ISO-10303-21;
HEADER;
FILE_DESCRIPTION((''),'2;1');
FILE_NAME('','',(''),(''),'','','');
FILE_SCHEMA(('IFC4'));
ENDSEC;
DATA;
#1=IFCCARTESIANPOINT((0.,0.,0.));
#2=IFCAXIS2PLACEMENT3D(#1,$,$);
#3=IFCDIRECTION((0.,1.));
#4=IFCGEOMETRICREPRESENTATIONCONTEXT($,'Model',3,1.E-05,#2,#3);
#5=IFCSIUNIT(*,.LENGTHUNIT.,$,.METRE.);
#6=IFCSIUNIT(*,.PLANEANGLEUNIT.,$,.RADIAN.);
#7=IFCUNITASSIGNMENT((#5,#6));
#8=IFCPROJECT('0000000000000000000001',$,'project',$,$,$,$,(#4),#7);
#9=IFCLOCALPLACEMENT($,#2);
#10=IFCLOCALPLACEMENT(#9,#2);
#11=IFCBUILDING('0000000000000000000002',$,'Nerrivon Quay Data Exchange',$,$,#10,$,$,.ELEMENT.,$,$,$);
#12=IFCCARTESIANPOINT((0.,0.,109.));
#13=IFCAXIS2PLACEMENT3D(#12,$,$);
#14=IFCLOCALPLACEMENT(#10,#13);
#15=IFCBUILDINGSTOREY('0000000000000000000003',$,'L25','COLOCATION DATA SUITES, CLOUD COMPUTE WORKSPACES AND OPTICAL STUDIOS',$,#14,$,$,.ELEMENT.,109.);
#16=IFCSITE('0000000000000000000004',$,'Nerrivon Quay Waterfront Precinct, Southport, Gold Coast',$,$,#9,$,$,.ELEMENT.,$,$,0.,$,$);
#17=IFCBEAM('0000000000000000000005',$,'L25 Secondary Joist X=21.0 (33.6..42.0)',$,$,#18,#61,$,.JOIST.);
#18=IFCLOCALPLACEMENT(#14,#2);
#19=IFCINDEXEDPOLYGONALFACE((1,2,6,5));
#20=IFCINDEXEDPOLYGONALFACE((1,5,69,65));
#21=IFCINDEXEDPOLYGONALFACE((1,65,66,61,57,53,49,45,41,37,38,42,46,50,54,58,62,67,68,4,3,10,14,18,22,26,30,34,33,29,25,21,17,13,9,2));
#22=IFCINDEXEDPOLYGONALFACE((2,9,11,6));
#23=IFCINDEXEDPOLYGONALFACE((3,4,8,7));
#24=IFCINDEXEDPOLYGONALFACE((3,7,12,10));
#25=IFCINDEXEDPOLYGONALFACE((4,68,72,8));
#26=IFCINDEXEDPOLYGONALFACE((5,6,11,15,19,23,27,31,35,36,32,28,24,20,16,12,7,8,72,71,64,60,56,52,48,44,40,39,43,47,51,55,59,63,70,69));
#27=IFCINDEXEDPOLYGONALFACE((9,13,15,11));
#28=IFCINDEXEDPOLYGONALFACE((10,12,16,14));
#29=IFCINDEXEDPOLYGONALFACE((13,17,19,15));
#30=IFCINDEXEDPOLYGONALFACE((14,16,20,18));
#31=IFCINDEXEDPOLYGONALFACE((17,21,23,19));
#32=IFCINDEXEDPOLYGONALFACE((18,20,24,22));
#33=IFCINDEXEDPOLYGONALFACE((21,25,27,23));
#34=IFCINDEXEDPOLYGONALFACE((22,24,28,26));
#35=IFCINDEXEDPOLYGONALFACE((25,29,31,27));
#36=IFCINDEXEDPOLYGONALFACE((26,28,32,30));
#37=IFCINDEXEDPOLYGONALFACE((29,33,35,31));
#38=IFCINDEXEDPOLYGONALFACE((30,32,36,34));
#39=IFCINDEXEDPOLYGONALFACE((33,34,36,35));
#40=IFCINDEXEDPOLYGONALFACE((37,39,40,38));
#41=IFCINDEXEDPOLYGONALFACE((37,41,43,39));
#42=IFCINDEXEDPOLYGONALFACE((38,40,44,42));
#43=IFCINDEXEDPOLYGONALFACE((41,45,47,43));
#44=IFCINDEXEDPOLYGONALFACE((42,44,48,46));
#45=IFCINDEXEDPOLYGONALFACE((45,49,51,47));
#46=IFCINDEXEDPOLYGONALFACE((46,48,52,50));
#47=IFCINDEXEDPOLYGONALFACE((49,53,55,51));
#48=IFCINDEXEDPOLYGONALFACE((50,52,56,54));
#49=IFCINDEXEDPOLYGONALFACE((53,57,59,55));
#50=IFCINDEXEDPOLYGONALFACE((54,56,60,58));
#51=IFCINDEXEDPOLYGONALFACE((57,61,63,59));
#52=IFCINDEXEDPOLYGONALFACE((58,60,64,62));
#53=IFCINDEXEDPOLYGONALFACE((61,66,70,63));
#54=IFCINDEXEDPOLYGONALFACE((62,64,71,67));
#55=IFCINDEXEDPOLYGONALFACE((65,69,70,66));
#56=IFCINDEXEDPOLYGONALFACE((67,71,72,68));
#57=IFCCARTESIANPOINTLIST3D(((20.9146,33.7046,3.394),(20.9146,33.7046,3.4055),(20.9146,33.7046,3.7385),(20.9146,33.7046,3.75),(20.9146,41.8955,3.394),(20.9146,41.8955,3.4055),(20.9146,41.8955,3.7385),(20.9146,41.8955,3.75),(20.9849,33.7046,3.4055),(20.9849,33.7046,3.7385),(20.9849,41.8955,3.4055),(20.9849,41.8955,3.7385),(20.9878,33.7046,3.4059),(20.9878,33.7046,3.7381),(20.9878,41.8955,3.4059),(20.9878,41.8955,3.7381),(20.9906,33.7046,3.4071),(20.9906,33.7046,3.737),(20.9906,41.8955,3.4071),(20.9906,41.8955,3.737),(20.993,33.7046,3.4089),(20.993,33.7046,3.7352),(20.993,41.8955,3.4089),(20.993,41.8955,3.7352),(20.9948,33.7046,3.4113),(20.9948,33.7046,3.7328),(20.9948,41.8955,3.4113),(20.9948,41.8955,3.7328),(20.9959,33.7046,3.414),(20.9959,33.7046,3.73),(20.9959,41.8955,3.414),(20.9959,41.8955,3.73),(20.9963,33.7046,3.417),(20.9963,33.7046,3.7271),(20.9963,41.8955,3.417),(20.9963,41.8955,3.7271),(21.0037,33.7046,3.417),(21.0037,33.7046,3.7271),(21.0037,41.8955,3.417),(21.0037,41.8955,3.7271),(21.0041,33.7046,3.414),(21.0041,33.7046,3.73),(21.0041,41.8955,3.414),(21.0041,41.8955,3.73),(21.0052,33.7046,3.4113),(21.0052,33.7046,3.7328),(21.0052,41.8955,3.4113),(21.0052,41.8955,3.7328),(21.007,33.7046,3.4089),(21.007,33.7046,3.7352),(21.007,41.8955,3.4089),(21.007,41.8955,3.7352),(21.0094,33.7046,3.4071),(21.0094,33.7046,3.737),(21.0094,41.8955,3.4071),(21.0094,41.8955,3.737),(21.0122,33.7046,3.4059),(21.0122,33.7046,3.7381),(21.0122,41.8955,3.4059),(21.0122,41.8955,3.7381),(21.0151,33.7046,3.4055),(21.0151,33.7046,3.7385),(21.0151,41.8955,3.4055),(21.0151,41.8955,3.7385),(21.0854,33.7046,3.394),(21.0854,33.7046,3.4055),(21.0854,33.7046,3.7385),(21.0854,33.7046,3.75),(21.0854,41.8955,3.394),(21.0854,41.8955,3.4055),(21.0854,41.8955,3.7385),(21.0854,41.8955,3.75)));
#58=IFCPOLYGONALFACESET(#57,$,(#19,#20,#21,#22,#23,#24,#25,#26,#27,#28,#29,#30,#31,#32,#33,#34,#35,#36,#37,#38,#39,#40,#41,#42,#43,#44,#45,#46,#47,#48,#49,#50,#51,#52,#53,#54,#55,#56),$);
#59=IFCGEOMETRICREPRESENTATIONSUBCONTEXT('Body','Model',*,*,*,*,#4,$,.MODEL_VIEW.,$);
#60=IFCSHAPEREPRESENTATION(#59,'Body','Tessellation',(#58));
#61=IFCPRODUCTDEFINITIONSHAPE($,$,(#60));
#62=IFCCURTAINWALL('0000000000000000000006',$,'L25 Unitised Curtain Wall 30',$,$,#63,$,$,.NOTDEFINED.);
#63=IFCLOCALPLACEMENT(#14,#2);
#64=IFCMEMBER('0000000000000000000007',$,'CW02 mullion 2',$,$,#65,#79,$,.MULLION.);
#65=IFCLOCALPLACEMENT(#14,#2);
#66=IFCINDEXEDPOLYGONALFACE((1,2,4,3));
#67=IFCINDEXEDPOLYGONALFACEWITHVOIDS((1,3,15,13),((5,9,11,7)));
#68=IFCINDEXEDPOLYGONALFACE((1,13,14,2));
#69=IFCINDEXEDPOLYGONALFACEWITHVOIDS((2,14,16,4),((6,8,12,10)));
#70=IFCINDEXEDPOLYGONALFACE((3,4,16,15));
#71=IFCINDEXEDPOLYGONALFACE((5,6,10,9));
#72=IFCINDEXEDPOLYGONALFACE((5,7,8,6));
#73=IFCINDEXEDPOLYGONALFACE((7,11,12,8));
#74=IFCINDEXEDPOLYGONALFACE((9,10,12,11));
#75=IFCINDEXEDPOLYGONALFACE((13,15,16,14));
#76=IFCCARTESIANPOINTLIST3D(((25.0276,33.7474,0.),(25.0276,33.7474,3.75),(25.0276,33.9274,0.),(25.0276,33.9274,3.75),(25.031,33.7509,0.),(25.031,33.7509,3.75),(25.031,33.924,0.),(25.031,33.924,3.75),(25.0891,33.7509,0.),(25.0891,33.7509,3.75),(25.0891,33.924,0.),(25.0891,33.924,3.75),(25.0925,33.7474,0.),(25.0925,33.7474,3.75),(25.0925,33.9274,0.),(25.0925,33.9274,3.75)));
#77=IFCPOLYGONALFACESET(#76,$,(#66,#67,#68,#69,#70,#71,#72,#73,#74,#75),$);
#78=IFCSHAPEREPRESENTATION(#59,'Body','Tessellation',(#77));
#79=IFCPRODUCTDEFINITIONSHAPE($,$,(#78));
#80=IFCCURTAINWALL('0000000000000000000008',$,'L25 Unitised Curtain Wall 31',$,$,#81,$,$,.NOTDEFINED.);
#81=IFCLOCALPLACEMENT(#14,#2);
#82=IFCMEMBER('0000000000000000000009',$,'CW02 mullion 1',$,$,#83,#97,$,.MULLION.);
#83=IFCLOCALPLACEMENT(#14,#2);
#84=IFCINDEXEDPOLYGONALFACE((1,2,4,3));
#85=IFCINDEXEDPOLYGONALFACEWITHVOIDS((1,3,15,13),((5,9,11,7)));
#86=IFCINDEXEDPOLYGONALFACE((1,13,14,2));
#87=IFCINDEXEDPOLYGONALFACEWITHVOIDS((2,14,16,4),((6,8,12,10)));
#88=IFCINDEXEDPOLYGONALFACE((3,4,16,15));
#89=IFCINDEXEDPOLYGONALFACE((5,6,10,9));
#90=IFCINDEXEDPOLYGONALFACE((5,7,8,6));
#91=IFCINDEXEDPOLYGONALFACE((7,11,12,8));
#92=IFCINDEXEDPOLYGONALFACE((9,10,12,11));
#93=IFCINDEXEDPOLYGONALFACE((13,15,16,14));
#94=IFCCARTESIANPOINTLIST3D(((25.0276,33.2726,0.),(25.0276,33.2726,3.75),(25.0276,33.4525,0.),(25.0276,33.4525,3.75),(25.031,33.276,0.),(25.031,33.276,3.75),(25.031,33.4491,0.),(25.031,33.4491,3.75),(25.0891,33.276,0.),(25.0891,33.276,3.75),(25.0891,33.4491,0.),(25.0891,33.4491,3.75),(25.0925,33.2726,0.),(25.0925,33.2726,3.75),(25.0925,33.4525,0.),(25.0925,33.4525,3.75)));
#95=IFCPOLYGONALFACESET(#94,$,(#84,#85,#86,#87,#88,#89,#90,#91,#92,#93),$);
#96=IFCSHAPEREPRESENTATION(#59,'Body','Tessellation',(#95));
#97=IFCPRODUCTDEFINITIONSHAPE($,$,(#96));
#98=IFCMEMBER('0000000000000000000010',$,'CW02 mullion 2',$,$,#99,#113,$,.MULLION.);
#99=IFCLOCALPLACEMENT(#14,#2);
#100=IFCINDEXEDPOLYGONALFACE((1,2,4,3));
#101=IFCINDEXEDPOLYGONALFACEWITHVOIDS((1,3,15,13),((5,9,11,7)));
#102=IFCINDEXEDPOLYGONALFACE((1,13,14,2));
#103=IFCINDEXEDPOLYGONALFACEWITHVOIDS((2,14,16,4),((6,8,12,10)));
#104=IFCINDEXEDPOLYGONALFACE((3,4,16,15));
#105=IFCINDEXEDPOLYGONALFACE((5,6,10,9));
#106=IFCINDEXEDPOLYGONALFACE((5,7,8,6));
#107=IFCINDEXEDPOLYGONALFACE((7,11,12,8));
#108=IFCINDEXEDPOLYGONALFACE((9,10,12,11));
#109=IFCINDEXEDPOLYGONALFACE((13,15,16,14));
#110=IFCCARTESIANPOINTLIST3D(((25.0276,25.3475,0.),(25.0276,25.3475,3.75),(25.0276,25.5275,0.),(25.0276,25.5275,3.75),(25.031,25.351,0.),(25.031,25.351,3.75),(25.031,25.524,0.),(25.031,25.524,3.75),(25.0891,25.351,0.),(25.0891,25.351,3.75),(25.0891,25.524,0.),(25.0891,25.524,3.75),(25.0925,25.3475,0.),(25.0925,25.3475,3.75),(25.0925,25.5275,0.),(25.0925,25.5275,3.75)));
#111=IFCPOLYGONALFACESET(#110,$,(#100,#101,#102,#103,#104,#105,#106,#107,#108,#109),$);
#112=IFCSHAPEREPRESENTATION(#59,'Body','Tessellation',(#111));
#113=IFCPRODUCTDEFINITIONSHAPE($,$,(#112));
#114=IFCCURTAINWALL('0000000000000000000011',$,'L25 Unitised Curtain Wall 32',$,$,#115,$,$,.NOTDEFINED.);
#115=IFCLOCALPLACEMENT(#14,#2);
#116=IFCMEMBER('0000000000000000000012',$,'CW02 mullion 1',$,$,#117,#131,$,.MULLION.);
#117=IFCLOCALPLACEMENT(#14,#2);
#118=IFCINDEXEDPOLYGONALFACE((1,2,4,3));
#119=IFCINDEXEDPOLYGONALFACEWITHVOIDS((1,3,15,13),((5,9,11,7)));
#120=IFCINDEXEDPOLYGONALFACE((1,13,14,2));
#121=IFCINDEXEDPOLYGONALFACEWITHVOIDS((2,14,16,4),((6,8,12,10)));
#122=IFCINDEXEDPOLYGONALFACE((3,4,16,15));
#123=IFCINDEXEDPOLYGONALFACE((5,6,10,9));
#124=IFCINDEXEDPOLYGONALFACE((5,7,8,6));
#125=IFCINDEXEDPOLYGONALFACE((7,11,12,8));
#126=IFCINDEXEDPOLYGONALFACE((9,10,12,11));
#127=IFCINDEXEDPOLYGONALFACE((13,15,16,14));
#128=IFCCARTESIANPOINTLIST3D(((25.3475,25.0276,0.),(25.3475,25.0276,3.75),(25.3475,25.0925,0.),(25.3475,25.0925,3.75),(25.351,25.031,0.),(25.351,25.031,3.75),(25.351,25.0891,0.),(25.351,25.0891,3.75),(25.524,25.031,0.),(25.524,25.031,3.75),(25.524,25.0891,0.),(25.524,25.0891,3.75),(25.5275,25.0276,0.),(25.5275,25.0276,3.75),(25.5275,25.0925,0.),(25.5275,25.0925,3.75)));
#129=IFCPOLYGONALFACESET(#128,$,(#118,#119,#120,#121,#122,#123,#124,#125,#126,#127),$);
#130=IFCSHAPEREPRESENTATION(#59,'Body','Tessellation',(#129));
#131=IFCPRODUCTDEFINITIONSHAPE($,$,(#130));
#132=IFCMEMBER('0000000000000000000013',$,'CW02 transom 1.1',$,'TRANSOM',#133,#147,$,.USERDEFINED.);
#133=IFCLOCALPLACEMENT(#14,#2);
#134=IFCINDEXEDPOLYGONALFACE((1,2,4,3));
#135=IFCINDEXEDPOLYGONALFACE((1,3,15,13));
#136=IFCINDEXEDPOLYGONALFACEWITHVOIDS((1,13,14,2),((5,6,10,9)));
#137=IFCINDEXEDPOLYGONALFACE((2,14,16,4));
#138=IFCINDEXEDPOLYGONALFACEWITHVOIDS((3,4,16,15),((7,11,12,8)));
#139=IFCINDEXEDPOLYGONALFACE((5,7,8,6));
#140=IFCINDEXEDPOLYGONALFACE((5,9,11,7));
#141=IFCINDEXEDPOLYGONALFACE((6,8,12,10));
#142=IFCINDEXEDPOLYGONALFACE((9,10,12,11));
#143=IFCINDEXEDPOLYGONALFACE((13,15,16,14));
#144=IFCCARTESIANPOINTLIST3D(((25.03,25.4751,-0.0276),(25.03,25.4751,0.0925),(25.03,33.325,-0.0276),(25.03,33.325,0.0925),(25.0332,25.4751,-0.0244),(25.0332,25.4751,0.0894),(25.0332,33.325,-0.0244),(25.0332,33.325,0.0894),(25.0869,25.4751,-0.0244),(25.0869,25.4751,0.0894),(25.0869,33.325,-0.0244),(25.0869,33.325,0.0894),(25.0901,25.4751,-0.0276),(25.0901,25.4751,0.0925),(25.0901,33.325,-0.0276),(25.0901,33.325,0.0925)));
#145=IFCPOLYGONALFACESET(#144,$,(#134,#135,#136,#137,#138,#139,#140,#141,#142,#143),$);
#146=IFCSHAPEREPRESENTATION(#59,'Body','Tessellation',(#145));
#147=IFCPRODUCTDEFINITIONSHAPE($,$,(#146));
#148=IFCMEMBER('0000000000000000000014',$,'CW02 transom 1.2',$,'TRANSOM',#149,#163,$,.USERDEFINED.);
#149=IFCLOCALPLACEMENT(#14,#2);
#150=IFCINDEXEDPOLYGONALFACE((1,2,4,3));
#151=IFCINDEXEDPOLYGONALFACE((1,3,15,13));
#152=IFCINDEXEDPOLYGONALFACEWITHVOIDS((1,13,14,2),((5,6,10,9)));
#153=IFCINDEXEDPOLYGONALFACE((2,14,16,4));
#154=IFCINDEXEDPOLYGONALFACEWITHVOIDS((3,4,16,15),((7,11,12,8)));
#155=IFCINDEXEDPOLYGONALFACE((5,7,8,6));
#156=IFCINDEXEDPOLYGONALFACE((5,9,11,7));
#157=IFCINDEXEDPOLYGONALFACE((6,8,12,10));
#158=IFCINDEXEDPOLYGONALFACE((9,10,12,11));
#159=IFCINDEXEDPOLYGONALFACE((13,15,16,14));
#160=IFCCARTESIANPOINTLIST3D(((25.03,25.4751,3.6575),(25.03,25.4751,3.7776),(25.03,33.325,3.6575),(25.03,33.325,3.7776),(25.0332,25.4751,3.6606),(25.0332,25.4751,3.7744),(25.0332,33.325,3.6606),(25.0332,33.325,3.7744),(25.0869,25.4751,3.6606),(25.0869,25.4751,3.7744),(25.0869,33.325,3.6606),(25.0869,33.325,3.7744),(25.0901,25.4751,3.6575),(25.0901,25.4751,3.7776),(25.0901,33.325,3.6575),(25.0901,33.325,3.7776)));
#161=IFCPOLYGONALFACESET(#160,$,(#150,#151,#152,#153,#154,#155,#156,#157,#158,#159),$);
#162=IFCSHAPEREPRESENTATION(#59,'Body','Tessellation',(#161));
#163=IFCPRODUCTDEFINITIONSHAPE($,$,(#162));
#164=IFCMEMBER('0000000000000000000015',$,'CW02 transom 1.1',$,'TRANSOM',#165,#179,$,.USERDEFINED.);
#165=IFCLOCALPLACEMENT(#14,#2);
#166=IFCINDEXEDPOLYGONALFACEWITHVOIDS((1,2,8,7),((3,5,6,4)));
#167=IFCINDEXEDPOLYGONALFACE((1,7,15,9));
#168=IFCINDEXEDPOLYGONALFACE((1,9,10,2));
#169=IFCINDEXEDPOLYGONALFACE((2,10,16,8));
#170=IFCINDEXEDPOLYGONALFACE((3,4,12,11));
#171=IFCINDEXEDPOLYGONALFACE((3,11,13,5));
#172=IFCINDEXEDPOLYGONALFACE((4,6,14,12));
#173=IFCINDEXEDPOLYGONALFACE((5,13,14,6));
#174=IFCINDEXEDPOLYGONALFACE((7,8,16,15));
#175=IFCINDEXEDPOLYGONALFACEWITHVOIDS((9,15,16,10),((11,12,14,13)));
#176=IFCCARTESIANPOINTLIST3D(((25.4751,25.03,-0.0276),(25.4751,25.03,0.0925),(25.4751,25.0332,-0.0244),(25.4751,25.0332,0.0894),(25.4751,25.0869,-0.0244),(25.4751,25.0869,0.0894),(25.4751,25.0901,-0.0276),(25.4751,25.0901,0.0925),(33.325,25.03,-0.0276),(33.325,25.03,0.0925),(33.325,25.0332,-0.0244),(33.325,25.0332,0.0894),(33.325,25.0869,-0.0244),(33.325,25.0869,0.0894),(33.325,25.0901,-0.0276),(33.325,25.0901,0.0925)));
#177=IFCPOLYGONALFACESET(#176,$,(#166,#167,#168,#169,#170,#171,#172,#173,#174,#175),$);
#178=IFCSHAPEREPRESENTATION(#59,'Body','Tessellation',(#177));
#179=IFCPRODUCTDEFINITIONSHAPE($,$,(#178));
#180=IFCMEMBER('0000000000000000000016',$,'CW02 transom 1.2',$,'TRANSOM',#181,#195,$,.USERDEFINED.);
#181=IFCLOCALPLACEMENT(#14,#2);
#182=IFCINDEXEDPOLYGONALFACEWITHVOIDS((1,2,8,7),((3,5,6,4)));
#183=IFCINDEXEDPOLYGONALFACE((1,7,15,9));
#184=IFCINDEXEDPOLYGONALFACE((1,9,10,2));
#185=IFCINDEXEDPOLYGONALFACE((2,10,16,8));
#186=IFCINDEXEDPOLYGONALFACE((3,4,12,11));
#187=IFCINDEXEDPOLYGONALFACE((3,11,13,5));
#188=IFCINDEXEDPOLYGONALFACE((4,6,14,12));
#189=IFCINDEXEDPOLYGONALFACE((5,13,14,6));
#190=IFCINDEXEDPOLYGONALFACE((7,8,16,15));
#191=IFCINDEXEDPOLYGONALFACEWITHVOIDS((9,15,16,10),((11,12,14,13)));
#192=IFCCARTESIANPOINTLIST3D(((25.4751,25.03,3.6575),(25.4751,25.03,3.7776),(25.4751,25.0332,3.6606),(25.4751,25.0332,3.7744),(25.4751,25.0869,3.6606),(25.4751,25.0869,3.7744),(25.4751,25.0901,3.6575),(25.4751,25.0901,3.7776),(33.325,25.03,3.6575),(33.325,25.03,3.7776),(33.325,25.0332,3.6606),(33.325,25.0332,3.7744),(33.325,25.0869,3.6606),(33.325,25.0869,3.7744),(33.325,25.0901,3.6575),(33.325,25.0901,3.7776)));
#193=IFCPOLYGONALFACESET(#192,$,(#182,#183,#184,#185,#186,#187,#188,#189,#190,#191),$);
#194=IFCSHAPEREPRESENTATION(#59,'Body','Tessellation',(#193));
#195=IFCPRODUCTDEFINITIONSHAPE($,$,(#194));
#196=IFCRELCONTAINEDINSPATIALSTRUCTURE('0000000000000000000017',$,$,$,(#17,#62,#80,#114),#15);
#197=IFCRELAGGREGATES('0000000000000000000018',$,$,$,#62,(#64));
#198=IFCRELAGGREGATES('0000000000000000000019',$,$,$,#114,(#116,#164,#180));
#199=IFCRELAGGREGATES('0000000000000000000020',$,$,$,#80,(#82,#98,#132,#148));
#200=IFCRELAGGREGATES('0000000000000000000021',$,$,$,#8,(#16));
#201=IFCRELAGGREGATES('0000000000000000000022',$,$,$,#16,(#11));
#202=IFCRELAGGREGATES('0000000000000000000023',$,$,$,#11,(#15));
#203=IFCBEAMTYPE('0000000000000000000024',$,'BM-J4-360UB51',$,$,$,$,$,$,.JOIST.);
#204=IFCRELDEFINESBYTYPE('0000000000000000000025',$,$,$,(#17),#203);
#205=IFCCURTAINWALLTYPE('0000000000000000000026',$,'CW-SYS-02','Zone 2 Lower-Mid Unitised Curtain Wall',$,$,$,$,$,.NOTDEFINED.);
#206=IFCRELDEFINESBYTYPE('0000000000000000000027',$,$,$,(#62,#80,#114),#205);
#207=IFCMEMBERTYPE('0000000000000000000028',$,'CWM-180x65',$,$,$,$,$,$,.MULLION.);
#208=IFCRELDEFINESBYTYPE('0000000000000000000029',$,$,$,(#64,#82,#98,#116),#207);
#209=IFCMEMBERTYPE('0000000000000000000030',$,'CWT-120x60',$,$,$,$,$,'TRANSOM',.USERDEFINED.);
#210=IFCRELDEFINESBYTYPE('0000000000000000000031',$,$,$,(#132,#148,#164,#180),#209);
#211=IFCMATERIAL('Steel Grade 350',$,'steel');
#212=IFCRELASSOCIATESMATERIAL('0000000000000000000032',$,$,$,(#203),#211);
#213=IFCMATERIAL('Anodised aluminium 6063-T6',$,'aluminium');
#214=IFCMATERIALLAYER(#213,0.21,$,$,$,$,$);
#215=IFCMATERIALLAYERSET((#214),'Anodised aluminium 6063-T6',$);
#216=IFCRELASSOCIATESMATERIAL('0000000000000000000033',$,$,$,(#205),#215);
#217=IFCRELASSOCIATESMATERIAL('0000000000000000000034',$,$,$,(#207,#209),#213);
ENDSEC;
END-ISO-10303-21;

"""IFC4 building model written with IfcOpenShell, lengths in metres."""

from ifc_helpers import new_model, si_unit, direction, frame, origin, origin_2d, place, context, subcontext, project, spatial, hollow_rectangle, i_section, extrude, material, layer, layer_set, material_profile, profile_set, type_object, element, aggregate, save


model = new_model("IFC4")

# Units and contexts
model_context = context("Model", 3, precision=1e-05, world=origin(), true_north=direction((0.0, 1.0)))
body_context = subcontext(model_context, "Body", "Model", "MODEL_VIEW")
ifc_project = project(units=[si_unit("LENGTHUNIT", "METRE"), si_unit("PLANEANGLEUNIT", "RADIAN")], contexts=[model_context])

# Site, building, storey
site_placement = place(None, origin())
site = spatial("IfcSite", under=ifc_project, at=site_placement, Name="Nerrivon Quay Waterfront Precinct, Southport, Gold Coast", CompositionType="ELEMENT", RefElevation=0.0)
building_placement = place(site_placement, origin())
building = spatial("IfcBuilding", under=site, at=building_placement, Name="Nerrivon Quay Data Exchange", CompositionType="ELEMENT")
storey_placement = place(building_placement, frame((0.0, 0.0, 109.0)))
storey = spatial("IfcBuildingStorey", under=building, at=storey_placement, Name="L25", Description="COLOCATION DATA SUITES, CLOUD COMPUTE WORKSPACES AND OPTICAL STUDIOS", CompositionType="ELEMENT", Elevation=109.0)

# Shared definitions
ifc_material_1 = material(Name="Steel Grade 350", Category="steel")

# Beam
ifc_material_profile_1 = material_profile(ifc_material_1, i_section(OverallWidth=0.1709, OverallDepth=0.356, WebThickness=0.0073, FlangeThickness=0.0115, FilletRadius=0.0115, at=origin_2d()), Name="360UB50.7")
ifc_profile_set_1 = profile_set([ifc_material_profile_1], Name="Steel Grade 350")
beam_type_1 = type_object("IfcBeamType", Name="BM-J4-360UB51", PredefinedType="JOIST", material=ifc_profile_set_1)
beam_1_placement = place(storey_placement, frame((21.0, 33.7046, 3.572), z_axis=(0.0, 1.0, 0.0), x_axis=(-1.0, 0.0, 0.0)))
element("IfcBeam", 1, at=beam_1_placement, inside=storey, type_object=beam_type_1, Name="L25 Secondary Joist X=21.0 (33.6..42.0)", PredefinedType="JOIST", context=body_context, shape_type="SweptSolid", body=[
    extrude(i_section(OverallWidth=0.1709, OverallDepth=0.356, WebThickness=0.0073, FlangeThickness=0.0115, FilletRadius=0.0115, at=origin_2d()), origin(), (0.0, 0.0, 1.0), 8.1909),
])

# Curtain wall, member
ifc_material_2 = material(Name="Anodised aluminium 6063-T6", Category="aluminium")
ifc_layer_1 = layer(ifc_material_2, 0.21)
ifc_layer_set_1 = layer_set([ifc_layer_1], Name="Anodised aluminium 6063-T6")
curtain_wall_type = type_object("IfcCurtainWallType", Name="CW-SYS-02", Description="Zone 2 Lower-Mid Unitised Curtain Wall", PredefinedType="NOTDEFINED", material=ifc_layer_set_1)
curtain_wall_1_placement = place(storey_placement, origin())
curtain_wall_1 = element("IfcCurtainWall", 2, at=curtain_wall_1_placement, inside=storey, type_object=curtain_wall_type, Name="L25 Unitised Curtain Wall 30", PredefinedType="NOTDEFINED")
ifc_material_profile_2 = material_profile(ifc_material_2, hollow_rectangle(XDim=0.0649, YDim=0.1799, WallThickness=0.0034, at=origin_2d()), Name="ALU-MULL-180x65")
ifc_profile_set_2 = profile_set([ifc_material_profile_2], Name="Anodised aluminium 6063-T6")
member_type_1 = type_object("IfcMemberType", Name="CWM-180x65", PredefinedType="MULLION", material=ifc_profile_set_2)
member_1_placement = place(storey_placement, frame((25.0601, 33.8374, 0.0), z_axis=(0.0, 0.0, 1.0), x_axis=(1.0, 0.0, 0.0)))
member_1 = element("IfcMember", 3, at=member_1_placement, type_object=member_type_1, Name="CW02 mullion 2", PredefinedType="MULLION", context=body_context, shape_type="SweptSolid", body=[
    extrude(hollow_rectangle(XDim=0.0649, YDim=0.1799, WallThickness=0.0034, at=origin_2d()), origin(), (0.0, 0.0, 1.0), 3.75),
])
aggregate(curtain_wall_1, [member_1])

# Curtain wall, members
curtain_wall_2_placement = place(storey_placement, origin())
curtain_wall_2 = element("IfcCurtainWall", 4, at=curtain_wall_2_placement, inside=storey, type_object=curtain_wall_type, Name="L25 Unitised Curtain Wall 31", PredefinedType="NOTDEFINED")
member_2_placement = place(storey_placement, frame((25.0601, 33.3625, 0.0), z_axis=(0.0, 0.0, 1.0), x_axis=(1.0, 0.0, 0.0)))
member_2 = element("IfcMember", 5, at=member_2_placement, type_object=member_type_1, Name="CW02 mullion 1", PredefinedType="MULLION", context=body_context, shape_type="SweptSolid", body=[
    extrude(hollow_rectangle(XDim=0.0649, YDim=0.1799, WallThickness=0.0034, at=origin_2d()), origin(), (0.0, 0.0, 1.0), 3.75),
])
member_3_placement = place(storey_placement, frame((25.0601, 25.4375, 0.0), z_axis=(0.0, 0.0, 1.0), x_axis=(1.0, 0.0, 0.0)))
member_3 = element("IfcMember", 6, at=member_3_placement, type_object=member_type_1, Name="CW02 mullion 2", PredefinedType="MULLION", context=body_context, shape_type="SweptSolid", body=[
    extrude(hollow_rectangle(XDim=0.0649, YDim=0.1799, WallThickness=0.0034, at=origin_2d()), origin(), (0.0, 0.0, 1.0), 3.75),
])

# Curtain wall, member
curtain_wall_3_placement = place(storey_placement, origin())
curtain_wall_3 = element("IfcCurtainWall", 7, at=curtain_wall_3_placement, inside=storey, type_object=curtain_wall_type, Name="L25 Unitised Curtain Wall 32", PredefinedType="NOTDEFINED")
member_4_placement = place(storey_placement, frame((25.4375, 25.0601, 0.0), z_axis=(0.0, 0.0, 1.0), x_axis=(0.0, 1.0, 0.0)))
member_4 = element("IfcMember", 8, at=member_4_placement, type_object=member_type_1, Name="CW02 mullion 1", PredefinedType="MULLION", context=body_context, shape_type="SweptSolid", body=[
    extrude(hollow_rectangle(XDim=0.0649, YDim=0.1799, WallThickness=0.0034, at=origin_2d()), origin(), (0.0, 0.0, 1.0), 3.75),
])

# Members
ifc_material_profile_3 = material_profile(ifc_material_2, hollow_rectangle(XDim=0.0601, YDim=0.1201, WallThickness=0.0032, at=origin_2d()), Name="ALU-TRAN-120x60")
ifc_profile_set_3 = profile_set([ifc_material_profile_3], Name="Anodised aluminium 6063-T6")
member_type_2 = type_object("IfcMemberType", Name="CWT-120x60", ElementType="TRANSOM", PredefinedType="USERDEFINED", material=ifc_profile_set_3)
member_5_placement = place(storey_placement, frame((25.0601, 33.325, 0.0325), z_axis=(0.0, -1.0, 0.0), x_axis=(1.0, 0.0, 0.0)))
member_5 = element("IfcMember", 9, at=member_5_placement, type_object=member_type_2, Name="CW02 transom 1.1", ObjectType="TRANSOM", PredefinedType="USERDEFINED", context=body_context, shape_type="SweptSolid", body=[
    extrude(hollow_rectangle(XDim=0.0601, YDim=0.1201, WallThickness=0.0032, at=origin_2d()), origin(), (0.0, 0.0, 1.0), 7.8499),
])
member_6_placement = place(storey_placement, frame((25.0601, 33.325, 3.7175), z_axis=(0.0, -1.0, 0.0), x_axis=(1.0, 0.0, 0.0)))
member_6 = element("IfcMember", 10, at=member_6_placement, type_object=member_type_2, Name="CW02 transom 1.2", ObjectType="TRANSOM", PredefinedType="USERDEFINED", context=body_context, shape_type="SweptSolid", body=[
    extrude(hollow_rectangle(XDim=0.0601, YDim=0.1201, WallThickness=0.0032, at=origin_2d()), origin(), (0.0, 0.0, 1.0), 7.8499),
])
member_7_placement = place(storey_placement, frame((25.4751, 25.0601, 0.0325), z_axis=(1.0, 0.0, 0.0), x_axis=(0.0, 1.0, 0.0)))
member_7 = element("IfcMember", 11, at=member_7_placement, type_object=member_type_2, Name="CW02 transom 1.1", ObjectType="TRANSOM", PredefinedType="USERDEFINED", context=body_context, shape_type="SweptSolid", body=[
    extrude(hollow_rectangle(XDim=0.0601, YDim=0.1201, WallThickness=0.0032, at=origin_2d()), origin(), (0.0, 0.0, 1.0), 7.8499),
])
member_8_placement = place(storey_placement, frame((25.4751, 25.0601, 3.7175), z_axis=(1.0, 0.0, 0.0), x_axis=(0.0, 1.0, 0.0)))
member_8 = element("IfcMember", 12, at=member_8_placement, type_object=member_type_2, Name="CW02 transom 1.2", ObjectType="TRANSOM", PredefinedType="USERDEFINED", context=body_context, shape_type="SweptSolid", body=[
    extrude(hollow_rectangle(XDim=0.0601, YDim=0.1201, WallThickness=0.0032, at=origin_2d()), origin(), (0.0, 0.0, 1.0), 7.8499),
])
aggregate(curtain_wall_3, [member_4, member_7, member_8])

aggregate(curtain_wall_2, [member_2, member_3, member_5, member_6])

save(model, "model.ifc")
